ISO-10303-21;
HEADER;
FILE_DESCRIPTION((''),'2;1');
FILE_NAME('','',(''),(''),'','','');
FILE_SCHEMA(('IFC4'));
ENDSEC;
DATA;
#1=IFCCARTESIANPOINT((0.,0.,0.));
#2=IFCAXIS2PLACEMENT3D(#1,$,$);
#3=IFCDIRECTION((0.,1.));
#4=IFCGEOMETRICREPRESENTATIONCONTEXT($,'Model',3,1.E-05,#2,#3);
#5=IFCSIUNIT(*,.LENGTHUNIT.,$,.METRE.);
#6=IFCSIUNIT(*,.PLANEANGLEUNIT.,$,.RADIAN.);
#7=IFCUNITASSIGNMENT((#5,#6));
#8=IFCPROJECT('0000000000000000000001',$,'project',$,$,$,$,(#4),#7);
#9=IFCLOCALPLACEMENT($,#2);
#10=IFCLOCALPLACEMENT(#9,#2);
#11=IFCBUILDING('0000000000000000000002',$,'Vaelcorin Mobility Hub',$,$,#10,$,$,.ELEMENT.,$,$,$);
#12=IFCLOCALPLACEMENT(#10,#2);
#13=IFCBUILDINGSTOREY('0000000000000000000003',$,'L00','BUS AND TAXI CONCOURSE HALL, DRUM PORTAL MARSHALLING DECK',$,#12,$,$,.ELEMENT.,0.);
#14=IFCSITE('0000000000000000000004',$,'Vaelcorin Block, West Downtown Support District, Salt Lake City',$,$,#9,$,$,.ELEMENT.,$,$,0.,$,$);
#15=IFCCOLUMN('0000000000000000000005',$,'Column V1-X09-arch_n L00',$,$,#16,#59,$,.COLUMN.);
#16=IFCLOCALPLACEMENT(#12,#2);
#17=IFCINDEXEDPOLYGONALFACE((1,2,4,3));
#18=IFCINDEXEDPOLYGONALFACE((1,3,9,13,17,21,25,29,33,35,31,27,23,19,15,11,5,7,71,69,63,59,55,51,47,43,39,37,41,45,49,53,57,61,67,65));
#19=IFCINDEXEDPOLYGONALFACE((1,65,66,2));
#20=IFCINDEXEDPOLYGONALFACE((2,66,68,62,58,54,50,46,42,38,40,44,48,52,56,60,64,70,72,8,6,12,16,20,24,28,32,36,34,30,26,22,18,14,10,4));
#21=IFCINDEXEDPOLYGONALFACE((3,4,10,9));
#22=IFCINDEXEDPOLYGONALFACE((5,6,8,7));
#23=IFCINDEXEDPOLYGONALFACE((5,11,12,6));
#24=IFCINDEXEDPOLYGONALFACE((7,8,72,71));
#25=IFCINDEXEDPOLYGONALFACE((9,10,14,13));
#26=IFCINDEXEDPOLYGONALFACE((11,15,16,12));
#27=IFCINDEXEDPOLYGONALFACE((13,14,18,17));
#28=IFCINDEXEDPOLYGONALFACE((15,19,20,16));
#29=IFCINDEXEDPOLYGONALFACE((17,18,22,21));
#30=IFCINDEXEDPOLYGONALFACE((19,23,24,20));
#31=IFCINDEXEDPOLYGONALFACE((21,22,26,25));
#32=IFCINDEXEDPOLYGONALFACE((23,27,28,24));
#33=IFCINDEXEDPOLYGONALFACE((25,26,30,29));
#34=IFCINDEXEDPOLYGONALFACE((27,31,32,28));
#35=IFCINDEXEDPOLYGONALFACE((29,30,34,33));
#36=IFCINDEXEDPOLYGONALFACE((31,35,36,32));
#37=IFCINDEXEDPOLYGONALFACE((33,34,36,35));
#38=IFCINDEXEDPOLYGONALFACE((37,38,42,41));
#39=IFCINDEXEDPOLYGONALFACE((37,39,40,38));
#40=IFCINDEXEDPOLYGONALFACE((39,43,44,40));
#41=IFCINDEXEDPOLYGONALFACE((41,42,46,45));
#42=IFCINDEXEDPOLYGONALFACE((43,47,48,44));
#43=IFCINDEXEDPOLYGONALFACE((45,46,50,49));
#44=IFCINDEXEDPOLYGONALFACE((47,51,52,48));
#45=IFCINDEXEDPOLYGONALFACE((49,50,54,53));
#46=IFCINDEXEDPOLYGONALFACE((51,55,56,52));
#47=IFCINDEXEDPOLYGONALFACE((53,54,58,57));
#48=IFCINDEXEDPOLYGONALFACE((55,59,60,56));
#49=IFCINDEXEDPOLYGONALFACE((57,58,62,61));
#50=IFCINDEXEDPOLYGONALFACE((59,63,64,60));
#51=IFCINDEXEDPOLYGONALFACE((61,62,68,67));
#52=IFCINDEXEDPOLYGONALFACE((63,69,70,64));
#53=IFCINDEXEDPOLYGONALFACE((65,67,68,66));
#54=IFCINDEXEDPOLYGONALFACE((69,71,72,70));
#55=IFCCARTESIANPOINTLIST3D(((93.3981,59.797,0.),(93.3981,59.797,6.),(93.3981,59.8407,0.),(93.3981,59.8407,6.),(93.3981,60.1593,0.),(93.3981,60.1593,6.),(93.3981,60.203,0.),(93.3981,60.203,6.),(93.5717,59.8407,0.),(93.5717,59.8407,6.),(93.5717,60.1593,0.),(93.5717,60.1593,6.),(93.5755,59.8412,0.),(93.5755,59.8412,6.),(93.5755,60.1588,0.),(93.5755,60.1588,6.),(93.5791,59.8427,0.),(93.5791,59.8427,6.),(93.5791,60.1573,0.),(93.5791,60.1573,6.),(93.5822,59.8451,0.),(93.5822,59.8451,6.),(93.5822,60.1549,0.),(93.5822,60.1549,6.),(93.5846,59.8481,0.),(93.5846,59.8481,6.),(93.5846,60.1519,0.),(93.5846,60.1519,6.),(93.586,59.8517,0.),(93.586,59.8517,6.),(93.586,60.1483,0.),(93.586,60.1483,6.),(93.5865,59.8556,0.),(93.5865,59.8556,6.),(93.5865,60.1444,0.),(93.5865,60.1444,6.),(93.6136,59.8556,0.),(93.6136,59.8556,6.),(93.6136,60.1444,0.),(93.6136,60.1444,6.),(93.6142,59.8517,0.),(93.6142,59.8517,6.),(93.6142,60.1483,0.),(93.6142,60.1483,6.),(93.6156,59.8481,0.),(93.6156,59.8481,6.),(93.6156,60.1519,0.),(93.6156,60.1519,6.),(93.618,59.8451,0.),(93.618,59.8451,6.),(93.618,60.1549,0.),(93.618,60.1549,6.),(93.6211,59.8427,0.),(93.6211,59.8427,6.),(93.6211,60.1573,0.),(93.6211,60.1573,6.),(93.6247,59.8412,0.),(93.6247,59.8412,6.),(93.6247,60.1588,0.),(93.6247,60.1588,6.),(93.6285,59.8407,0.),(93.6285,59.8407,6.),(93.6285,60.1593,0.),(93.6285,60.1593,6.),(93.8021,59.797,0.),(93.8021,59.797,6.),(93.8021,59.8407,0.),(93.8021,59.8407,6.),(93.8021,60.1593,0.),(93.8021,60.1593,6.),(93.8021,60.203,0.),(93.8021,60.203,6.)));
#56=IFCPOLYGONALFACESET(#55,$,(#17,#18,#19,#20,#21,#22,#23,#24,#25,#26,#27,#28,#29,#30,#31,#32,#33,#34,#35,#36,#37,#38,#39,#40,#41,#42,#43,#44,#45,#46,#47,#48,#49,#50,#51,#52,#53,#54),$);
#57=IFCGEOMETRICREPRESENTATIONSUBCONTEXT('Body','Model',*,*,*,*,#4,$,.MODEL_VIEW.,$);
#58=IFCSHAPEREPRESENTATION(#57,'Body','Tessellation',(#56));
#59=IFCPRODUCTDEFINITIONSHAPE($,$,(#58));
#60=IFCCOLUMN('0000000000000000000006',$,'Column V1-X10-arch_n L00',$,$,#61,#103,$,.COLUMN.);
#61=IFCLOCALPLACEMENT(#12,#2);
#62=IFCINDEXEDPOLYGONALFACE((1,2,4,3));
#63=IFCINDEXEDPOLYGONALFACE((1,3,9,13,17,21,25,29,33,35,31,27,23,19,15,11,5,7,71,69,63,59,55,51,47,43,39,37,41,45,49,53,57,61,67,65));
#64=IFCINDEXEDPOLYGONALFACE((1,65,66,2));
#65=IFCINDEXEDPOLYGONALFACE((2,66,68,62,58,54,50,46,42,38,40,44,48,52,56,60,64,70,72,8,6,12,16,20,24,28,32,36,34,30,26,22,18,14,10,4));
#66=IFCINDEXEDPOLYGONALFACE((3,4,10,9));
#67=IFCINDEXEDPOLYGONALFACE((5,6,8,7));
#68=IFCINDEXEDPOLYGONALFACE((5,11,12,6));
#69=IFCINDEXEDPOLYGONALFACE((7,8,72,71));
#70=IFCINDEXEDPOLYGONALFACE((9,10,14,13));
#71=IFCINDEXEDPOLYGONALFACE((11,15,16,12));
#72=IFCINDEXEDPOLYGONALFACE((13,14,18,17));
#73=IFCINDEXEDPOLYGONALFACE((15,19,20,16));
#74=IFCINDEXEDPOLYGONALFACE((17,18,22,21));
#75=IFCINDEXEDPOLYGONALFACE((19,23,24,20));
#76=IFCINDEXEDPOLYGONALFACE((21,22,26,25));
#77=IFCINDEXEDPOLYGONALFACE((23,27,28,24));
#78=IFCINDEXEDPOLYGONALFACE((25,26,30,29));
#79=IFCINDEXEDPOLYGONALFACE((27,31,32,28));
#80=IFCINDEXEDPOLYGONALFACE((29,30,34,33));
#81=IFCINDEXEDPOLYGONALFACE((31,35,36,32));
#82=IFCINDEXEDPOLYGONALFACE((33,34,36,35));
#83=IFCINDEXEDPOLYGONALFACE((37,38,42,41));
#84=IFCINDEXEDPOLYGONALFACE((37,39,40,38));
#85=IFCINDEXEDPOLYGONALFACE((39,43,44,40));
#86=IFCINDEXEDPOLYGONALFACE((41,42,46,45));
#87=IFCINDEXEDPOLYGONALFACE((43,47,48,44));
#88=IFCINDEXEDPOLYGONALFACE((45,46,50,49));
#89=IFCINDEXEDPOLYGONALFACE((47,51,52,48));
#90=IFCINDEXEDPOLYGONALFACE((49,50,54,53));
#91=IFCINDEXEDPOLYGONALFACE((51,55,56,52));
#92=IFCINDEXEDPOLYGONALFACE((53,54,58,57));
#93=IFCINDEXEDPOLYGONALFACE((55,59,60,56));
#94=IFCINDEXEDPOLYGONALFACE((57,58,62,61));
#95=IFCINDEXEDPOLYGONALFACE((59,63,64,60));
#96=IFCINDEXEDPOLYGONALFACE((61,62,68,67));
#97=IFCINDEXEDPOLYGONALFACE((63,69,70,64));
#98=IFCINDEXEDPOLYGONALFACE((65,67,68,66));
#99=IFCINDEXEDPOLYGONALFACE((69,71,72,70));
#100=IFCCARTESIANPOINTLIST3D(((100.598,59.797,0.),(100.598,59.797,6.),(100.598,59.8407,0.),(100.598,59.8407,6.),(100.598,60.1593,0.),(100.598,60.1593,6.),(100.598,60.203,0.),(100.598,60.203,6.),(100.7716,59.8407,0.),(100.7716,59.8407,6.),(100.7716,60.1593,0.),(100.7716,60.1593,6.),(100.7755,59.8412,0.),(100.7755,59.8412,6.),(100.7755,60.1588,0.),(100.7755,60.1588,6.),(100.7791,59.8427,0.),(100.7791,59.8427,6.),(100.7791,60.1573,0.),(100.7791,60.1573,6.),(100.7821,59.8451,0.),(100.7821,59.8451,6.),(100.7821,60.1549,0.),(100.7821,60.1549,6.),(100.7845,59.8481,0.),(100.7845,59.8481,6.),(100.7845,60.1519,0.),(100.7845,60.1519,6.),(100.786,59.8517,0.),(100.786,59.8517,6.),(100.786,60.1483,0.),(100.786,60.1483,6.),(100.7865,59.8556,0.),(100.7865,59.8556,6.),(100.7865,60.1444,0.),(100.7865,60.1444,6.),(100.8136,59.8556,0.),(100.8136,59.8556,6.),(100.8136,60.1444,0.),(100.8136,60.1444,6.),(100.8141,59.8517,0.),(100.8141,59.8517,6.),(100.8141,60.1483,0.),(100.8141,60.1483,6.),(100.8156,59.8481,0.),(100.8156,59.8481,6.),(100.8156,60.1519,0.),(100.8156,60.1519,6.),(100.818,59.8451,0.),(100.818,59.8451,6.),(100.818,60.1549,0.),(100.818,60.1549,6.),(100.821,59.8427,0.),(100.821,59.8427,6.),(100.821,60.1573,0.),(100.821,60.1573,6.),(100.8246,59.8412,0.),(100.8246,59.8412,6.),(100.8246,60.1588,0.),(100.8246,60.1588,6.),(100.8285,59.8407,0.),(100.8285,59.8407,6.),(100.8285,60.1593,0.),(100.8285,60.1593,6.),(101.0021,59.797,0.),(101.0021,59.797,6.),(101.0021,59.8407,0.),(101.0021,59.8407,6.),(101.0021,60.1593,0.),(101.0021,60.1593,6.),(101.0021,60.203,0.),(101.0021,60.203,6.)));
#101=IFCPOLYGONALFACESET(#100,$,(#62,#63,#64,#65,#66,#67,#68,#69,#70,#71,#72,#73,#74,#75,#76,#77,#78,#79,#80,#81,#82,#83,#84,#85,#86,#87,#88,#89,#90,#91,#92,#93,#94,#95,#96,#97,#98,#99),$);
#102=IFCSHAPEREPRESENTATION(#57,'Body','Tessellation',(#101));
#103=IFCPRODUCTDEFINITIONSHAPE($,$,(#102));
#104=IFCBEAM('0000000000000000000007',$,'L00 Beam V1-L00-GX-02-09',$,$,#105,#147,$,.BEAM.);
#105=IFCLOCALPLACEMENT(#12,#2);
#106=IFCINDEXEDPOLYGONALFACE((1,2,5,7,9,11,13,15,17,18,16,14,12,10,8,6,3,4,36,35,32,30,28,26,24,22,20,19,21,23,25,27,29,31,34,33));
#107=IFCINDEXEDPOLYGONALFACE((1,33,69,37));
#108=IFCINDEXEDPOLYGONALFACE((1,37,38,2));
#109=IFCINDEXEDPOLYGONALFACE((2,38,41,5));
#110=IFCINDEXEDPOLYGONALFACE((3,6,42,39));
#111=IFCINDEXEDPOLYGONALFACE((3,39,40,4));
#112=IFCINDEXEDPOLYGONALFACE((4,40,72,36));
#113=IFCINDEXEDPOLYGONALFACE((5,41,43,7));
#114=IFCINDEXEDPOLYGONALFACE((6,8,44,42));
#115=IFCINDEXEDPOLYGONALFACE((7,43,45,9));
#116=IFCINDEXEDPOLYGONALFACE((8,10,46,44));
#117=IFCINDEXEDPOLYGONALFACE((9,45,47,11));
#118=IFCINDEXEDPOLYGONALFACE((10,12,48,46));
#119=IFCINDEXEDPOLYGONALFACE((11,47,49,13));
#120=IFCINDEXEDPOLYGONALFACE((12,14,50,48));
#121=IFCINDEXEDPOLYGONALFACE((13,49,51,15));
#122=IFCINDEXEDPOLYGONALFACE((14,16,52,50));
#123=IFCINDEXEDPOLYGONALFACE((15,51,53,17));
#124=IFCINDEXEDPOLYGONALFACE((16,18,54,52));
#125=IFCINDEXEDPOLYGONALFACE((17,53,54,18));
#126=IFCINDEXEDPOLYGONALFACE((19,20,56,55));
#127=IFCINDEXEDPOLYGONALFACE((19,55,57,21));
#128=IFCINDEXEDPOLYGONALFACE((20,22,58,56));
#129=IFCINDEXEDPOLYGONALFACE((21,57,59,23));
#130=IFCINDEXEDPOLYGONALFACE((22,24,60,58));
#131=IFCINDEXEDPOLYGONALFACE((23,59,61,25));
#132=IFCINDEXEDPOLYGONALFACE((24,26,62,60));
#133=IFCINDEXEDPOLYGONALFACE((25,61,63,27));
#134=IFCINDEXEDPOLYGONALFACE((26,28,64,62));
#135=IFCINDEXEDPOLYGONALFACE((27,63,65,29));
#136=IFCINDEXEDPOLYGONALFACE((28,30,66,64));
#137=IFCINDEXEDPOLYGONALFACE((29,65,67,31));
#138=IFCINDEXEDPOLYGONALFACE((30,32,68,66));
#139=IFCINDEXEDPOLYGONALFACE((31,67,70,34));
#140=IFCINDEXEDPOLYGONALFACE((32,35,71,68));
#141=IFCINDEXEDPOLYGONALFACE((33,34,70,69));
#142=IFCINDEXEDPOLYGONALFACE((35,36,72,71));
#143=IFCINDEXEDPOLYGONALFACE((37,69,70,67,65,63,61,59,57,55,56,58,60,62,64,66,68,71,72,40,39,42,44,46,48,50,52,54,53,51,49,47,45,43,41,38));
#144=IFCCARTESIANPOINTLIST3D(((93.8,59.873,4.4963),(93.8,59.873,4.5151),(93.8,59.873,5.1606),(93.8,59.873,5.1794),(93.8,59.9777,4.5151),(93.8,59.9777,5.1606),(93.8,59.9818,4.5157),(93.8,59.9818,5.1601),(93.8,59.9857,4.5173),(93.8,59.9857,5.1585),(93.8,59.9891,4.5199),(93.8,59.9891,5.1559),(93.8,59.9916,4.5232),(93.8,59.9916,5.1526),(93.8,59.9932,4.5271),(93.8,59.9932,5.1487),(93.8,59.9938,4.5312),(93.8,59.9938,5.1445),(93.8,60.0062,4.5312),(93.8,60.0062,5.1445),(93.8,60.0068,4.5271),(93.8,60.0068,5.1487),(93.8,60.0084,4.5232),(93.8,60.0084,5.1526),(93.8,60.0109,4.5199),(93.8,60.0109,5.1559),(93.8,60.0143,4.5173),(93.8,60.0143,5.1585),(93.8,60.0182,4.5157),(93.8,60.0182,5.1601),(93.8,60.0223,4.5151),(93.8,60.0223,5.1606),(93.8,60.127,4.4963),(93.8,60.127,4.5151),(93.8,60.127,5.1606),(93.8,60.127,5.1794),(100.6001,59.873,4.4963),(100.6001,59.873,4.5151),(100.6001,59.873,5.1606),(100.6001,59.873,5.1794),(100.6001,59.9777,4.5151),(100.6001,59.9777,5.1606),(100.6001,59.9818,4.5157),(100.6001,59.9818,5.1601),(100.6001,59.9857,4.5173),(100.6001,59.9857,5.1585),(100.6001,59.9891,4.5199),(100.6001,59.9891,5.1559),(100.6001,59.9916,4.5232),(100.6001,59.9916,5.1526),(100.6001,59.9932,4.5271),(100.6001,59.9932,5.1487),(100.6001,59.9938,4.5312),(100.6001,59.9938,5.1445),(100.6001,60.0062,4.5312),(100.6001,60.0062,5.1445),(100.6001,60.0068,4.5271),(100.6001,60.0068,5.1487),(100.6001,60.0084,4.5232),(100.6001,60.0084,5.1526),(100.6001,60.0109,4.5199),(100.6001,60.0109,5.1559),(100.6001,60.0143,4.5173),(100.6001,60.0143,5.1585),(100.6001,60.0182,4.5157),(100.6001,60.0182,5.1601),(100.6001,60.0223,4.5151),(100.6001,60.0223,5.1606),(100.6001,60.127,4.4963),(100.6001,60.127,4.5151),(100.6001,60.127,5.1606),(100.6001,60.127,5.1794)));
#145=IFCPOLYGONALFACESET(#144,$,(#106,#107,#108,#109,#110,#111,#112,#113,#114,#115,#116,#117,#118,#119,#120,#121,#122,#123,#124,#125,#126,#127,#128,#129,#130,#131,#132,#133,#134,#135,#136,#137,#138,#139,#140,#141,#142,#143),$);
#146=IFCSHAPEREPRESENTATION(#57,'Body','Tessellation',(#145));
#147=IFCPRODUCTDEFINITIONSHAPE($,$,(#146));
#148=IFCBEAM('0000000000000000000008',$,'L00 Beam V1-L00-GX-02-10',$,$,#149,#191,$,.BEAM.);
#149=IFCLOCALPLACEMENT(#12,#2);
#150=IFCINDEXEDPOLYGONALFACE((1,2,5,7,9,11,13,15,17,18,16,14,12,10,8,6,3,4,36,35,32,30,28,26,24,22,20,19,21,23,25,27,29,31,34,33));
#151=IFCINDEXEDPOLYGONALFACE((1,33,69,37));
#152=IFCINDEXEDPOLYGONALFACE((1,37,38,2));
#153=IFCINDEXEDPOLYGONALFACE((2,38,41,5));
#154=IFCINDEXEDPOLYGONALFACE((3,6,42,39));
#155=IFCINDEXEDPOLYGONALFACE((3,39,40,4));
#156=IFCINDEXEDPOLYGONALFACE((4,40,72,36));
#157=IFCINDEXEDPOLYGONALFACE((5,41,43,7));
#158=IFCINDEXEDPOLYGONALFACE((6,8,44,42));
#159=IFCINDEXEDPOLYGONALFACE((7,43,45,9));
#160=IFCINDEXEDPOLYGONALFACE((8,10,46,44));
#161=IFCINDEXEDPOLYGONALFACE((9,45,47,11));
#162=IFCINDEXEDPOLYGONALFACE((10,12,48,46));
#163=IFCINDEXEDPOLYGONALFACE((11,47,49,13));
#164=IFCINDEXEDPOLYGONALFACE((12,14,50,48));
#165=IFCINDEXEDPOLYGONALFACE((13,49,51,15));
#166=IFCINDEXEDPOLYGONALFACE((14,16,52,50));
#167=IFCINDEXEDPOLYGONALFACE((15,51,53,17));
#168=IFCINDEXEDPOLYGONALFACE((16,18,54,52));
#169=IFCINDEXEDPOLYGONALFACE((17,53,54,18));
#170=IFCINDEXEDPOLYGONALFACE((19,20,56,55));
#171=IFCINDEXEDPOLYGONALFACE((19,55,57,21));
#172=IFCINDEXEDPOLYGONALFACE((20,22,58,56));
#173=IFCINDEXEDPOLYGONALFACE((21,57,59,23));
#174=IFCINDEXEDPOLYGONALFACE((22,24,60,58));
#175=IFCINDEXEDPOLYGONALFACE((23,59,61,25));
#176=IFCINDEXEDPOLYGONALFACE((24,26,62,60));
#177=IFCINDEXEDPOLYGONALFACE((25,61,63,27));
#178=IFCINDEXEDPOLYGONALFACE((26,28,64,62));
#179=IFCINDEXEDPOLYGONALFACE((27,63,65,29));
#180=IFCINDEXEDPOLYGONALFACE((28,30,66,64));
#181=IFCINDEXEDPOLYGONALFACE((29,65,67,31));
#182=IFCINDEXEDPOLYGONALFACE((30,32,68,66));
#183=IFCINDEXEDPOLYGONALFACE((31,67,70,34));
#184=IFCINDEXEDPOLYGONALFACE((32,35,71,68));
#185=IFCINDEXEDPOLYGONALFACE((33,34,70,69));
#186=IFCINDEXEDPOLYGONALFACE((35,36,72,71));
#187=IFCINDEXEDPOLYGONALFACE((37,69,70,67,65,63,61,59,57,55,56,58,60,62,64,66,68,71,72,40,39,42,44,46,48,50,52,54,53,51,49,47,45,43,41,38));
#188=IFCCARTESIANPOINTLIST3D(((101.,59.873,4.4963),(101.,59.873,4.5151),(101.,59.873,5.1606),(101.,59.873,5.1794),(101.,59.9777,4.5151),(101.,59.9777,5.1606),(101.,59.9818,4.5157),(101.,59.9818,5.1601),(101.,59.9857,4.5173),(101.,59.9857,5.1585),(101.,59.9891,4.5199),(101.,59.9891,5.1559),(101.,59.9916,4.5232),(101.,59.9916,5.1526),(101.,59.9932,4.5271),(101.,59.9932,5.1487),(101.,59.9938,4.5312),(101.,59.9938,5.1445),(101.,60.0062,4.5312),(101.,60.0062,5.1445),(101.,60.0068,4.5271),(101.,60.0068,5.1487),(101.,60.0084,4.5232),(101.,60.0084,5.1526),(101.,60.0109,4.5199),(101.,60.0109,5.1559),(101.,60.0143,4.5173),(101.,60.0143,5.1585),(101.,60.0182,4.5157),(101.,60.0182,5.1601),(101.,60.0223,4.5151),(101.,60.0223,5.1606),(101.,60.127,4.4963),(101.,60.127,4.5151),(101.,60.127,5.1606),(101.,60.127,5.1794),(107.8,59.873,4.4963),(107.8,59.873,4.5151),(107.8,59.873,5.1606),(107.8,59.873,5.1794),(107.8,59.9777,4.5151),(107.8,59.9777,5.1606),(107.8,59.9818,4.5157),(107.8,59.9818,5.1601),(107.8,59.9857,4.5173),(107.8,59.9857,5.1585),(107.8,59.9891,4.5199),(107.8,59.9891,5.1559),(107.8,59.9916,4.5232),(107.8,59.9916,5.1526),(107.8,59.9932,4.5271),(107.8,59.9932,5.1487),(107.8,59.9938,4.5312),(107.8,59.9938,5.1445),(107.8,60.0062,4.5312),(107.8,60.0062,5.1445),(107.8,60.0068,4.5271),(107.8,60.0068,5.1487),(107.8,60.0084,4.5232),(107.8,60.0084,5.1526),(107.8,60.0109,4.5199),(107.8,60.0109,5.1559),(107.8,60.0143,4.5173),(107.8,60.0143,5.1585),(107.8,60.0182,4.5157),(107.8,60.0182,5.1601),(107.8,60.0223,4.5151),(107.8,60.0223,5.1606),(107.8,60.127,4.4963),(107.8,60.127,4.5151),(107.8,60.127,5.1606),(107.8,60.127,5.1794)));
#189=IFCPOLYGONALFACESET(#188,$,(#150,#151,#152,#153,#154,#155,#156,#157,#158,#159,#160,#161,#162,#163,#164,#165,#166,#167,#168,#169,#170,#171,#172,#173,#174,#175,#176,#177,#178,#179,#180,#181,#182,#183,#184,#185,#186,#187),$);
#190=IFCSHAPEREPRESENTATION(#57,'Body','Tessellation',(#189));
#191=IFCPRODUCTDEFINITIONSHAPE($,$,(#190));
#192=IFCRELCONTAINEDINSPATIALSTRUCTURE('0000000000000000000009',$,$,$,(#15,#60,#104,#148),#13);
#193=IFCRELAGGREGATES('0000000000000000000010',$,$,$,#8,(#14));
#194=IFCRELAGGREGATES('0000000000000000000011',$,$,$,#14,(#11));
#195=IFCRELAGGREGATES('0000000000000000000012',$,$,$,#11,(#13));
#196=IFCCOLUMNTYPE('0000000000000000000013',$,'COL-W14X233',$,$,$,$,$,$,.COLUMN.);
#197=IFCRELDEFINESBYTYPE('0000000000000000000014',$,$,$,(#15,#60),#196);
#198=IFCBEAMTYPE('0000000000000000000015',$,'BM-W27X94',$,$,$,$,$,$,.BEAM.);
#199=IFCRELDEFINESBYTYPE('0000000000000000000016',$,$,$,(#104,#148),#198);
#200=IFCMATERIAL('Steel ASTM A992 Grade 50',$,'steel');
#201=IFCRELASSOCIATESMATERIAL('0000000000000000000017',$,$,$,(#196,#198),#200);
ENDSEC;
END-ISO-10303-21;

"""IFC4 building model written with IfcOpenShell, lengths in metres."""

from ifc_helpers import new_model, si_unit, direction, frame, origin, origin_2d, place, context, subcontext, project, spatial, i_section, extrude, material, material_profile, profile_set, type_object, element, save


model = new_model("IFC4")

# Units and contexts
model_context = context("Model", 3, precision=1e-05, world=origin(), true_north=direction((0.0, 1.0)))
body_context = subcontext(model_context, "Body", "Model", "MODEL_VIEW")
ifc_project = project(units=[si_unit("LENGTHUNIT", "METRE"), si_unit("PLANEANGLEUNIT", "RADIAN")], contexts=[model_context])

# Site, building, storey
site_placement = place(None, origin())
site = spatial("IfcSite", under=ifc_project, at=site_placement, Name="Vaelcorin Block, West Downtown Support District, Salt Lake City", CompositionType="ELEMENT", RefElevation=0.0)
building_placement = place(site_placement, origin())
building = spatial("IfcBuilding", under=site, at=building_placement, Name="Vaelcorin Mobility Hub", CompositionType="ELEMENT")
storey_placement = place(building_placement, origin())
storey = spatial("IfcBuildingStorey", under=building, at=storey_placement, Name="L00", Description="BUS AND TAXI CONCOURSE HALL, DRUM PORTAL MARSHALLING DECK", CompositionType="ELEMENT", Elevation=0.0)

# Columns
ifc_material_1 = material(Name="Steel ASTM A992 Grade 50", Category="steel")
ifc_material_profile_1 = material_profile(ifc_material_1, i_section(OverallWidth=0.4041, OverallDepth=0.406, WebThickness=0.0271, FlangeThickness=0.0437, FilletRadius=0.0149, at=origin_2d()), Name="W14X233")
ifc_profile_set_1 = profile_set([ifc_material_profile_1], Name="Steel ASTM A992 Grade 50")
column_type = type_object("IfcColumnType", Name="COL-W14X233", PredefinedType="COLUMN", material=ifc_profile_set_1)
for number, where, z_axis, x_axis, name in (
    (1, (93.6001, 60.0, 0.0), (0.0, 0.0, 1.0), (1.0, 0.0, 0.0), "Column V1-X09-arch_n L00"),
    (2, (100.8, 60.0, 0.0), (0.0, 0.0, 1.0), (1.0, 0.0, 0.0), "Column V1-X10-arch_n L00"),
):
    element("IfcColumn", number, at=place(storey_placement, frame(where, z_axis=z_axis, x_axis=x_axis)), inside=storey, type_object=column_type, Name=name, PredefinedType="COLUMN", context=body_context, shape_type="SweptSolid", body=[
        extrude(i_section(OverallWidth=0.4041, OverallDepth=0.406, WebThickness=0.0271, FlangeThickness=0.0437, FilletRadius=0.0149, at=origin_2d()), origin(), (0.0, 0.0, 1.0), 6.0),
    ])

# Beams
ifc_material_profile_2 = material_profile(ifc_material_1, i_section(OverallWidth=0.2539, OverallDepth=0.6831, WebThickness=0.0125, FlangeThickness=0.0188, FilletRadius=0.0161, at=origin_2d()), Name="W27X94")
ifc_profile_set_2 = profile_set([ifc_material_profile_2], Name="Steel ASTM A992 Grade 50")
beam_type = type_object("IfcBeamType", Name="BM-W27X94", PredefinedType="BEAM", material=ifc_profile_set_2)
for number, where, z_axis, x_axis, name in (
    (3, (93.8, 60.0, 4.8379), (1.0, 0.0, 0.0), (0.0, 1.0, 0.0), "L00 Beam V1-L00-GX-02-09"),
    (4, (101.0, 60.0, 4.8379), (1.0, 0.0, 0.0), (0.0, 1.0, 0.0), "L00 Beam V1-L00-GX-02-10"),
):
    element("IfcBeam", number, at=place(storey_placement, frame(where, z_axis=z_axis, x_axis=x_axis)), inside=storey, type_object=beam_type, Name=name, PredefinedType="BEAM", context=body_context, shape_type="SweptSolid", body=[
        extrude(i_section(OverallWidth=0.2539, OverallDepth=0.6831, WebThickness=0.0125, FlangeThickness=0.0188, FilletRadius=0.0161, at=origin_2d()), origin(), (0.0, 0.0, 1.0), 6.8),
    ])

save(model, "model.ifc")
